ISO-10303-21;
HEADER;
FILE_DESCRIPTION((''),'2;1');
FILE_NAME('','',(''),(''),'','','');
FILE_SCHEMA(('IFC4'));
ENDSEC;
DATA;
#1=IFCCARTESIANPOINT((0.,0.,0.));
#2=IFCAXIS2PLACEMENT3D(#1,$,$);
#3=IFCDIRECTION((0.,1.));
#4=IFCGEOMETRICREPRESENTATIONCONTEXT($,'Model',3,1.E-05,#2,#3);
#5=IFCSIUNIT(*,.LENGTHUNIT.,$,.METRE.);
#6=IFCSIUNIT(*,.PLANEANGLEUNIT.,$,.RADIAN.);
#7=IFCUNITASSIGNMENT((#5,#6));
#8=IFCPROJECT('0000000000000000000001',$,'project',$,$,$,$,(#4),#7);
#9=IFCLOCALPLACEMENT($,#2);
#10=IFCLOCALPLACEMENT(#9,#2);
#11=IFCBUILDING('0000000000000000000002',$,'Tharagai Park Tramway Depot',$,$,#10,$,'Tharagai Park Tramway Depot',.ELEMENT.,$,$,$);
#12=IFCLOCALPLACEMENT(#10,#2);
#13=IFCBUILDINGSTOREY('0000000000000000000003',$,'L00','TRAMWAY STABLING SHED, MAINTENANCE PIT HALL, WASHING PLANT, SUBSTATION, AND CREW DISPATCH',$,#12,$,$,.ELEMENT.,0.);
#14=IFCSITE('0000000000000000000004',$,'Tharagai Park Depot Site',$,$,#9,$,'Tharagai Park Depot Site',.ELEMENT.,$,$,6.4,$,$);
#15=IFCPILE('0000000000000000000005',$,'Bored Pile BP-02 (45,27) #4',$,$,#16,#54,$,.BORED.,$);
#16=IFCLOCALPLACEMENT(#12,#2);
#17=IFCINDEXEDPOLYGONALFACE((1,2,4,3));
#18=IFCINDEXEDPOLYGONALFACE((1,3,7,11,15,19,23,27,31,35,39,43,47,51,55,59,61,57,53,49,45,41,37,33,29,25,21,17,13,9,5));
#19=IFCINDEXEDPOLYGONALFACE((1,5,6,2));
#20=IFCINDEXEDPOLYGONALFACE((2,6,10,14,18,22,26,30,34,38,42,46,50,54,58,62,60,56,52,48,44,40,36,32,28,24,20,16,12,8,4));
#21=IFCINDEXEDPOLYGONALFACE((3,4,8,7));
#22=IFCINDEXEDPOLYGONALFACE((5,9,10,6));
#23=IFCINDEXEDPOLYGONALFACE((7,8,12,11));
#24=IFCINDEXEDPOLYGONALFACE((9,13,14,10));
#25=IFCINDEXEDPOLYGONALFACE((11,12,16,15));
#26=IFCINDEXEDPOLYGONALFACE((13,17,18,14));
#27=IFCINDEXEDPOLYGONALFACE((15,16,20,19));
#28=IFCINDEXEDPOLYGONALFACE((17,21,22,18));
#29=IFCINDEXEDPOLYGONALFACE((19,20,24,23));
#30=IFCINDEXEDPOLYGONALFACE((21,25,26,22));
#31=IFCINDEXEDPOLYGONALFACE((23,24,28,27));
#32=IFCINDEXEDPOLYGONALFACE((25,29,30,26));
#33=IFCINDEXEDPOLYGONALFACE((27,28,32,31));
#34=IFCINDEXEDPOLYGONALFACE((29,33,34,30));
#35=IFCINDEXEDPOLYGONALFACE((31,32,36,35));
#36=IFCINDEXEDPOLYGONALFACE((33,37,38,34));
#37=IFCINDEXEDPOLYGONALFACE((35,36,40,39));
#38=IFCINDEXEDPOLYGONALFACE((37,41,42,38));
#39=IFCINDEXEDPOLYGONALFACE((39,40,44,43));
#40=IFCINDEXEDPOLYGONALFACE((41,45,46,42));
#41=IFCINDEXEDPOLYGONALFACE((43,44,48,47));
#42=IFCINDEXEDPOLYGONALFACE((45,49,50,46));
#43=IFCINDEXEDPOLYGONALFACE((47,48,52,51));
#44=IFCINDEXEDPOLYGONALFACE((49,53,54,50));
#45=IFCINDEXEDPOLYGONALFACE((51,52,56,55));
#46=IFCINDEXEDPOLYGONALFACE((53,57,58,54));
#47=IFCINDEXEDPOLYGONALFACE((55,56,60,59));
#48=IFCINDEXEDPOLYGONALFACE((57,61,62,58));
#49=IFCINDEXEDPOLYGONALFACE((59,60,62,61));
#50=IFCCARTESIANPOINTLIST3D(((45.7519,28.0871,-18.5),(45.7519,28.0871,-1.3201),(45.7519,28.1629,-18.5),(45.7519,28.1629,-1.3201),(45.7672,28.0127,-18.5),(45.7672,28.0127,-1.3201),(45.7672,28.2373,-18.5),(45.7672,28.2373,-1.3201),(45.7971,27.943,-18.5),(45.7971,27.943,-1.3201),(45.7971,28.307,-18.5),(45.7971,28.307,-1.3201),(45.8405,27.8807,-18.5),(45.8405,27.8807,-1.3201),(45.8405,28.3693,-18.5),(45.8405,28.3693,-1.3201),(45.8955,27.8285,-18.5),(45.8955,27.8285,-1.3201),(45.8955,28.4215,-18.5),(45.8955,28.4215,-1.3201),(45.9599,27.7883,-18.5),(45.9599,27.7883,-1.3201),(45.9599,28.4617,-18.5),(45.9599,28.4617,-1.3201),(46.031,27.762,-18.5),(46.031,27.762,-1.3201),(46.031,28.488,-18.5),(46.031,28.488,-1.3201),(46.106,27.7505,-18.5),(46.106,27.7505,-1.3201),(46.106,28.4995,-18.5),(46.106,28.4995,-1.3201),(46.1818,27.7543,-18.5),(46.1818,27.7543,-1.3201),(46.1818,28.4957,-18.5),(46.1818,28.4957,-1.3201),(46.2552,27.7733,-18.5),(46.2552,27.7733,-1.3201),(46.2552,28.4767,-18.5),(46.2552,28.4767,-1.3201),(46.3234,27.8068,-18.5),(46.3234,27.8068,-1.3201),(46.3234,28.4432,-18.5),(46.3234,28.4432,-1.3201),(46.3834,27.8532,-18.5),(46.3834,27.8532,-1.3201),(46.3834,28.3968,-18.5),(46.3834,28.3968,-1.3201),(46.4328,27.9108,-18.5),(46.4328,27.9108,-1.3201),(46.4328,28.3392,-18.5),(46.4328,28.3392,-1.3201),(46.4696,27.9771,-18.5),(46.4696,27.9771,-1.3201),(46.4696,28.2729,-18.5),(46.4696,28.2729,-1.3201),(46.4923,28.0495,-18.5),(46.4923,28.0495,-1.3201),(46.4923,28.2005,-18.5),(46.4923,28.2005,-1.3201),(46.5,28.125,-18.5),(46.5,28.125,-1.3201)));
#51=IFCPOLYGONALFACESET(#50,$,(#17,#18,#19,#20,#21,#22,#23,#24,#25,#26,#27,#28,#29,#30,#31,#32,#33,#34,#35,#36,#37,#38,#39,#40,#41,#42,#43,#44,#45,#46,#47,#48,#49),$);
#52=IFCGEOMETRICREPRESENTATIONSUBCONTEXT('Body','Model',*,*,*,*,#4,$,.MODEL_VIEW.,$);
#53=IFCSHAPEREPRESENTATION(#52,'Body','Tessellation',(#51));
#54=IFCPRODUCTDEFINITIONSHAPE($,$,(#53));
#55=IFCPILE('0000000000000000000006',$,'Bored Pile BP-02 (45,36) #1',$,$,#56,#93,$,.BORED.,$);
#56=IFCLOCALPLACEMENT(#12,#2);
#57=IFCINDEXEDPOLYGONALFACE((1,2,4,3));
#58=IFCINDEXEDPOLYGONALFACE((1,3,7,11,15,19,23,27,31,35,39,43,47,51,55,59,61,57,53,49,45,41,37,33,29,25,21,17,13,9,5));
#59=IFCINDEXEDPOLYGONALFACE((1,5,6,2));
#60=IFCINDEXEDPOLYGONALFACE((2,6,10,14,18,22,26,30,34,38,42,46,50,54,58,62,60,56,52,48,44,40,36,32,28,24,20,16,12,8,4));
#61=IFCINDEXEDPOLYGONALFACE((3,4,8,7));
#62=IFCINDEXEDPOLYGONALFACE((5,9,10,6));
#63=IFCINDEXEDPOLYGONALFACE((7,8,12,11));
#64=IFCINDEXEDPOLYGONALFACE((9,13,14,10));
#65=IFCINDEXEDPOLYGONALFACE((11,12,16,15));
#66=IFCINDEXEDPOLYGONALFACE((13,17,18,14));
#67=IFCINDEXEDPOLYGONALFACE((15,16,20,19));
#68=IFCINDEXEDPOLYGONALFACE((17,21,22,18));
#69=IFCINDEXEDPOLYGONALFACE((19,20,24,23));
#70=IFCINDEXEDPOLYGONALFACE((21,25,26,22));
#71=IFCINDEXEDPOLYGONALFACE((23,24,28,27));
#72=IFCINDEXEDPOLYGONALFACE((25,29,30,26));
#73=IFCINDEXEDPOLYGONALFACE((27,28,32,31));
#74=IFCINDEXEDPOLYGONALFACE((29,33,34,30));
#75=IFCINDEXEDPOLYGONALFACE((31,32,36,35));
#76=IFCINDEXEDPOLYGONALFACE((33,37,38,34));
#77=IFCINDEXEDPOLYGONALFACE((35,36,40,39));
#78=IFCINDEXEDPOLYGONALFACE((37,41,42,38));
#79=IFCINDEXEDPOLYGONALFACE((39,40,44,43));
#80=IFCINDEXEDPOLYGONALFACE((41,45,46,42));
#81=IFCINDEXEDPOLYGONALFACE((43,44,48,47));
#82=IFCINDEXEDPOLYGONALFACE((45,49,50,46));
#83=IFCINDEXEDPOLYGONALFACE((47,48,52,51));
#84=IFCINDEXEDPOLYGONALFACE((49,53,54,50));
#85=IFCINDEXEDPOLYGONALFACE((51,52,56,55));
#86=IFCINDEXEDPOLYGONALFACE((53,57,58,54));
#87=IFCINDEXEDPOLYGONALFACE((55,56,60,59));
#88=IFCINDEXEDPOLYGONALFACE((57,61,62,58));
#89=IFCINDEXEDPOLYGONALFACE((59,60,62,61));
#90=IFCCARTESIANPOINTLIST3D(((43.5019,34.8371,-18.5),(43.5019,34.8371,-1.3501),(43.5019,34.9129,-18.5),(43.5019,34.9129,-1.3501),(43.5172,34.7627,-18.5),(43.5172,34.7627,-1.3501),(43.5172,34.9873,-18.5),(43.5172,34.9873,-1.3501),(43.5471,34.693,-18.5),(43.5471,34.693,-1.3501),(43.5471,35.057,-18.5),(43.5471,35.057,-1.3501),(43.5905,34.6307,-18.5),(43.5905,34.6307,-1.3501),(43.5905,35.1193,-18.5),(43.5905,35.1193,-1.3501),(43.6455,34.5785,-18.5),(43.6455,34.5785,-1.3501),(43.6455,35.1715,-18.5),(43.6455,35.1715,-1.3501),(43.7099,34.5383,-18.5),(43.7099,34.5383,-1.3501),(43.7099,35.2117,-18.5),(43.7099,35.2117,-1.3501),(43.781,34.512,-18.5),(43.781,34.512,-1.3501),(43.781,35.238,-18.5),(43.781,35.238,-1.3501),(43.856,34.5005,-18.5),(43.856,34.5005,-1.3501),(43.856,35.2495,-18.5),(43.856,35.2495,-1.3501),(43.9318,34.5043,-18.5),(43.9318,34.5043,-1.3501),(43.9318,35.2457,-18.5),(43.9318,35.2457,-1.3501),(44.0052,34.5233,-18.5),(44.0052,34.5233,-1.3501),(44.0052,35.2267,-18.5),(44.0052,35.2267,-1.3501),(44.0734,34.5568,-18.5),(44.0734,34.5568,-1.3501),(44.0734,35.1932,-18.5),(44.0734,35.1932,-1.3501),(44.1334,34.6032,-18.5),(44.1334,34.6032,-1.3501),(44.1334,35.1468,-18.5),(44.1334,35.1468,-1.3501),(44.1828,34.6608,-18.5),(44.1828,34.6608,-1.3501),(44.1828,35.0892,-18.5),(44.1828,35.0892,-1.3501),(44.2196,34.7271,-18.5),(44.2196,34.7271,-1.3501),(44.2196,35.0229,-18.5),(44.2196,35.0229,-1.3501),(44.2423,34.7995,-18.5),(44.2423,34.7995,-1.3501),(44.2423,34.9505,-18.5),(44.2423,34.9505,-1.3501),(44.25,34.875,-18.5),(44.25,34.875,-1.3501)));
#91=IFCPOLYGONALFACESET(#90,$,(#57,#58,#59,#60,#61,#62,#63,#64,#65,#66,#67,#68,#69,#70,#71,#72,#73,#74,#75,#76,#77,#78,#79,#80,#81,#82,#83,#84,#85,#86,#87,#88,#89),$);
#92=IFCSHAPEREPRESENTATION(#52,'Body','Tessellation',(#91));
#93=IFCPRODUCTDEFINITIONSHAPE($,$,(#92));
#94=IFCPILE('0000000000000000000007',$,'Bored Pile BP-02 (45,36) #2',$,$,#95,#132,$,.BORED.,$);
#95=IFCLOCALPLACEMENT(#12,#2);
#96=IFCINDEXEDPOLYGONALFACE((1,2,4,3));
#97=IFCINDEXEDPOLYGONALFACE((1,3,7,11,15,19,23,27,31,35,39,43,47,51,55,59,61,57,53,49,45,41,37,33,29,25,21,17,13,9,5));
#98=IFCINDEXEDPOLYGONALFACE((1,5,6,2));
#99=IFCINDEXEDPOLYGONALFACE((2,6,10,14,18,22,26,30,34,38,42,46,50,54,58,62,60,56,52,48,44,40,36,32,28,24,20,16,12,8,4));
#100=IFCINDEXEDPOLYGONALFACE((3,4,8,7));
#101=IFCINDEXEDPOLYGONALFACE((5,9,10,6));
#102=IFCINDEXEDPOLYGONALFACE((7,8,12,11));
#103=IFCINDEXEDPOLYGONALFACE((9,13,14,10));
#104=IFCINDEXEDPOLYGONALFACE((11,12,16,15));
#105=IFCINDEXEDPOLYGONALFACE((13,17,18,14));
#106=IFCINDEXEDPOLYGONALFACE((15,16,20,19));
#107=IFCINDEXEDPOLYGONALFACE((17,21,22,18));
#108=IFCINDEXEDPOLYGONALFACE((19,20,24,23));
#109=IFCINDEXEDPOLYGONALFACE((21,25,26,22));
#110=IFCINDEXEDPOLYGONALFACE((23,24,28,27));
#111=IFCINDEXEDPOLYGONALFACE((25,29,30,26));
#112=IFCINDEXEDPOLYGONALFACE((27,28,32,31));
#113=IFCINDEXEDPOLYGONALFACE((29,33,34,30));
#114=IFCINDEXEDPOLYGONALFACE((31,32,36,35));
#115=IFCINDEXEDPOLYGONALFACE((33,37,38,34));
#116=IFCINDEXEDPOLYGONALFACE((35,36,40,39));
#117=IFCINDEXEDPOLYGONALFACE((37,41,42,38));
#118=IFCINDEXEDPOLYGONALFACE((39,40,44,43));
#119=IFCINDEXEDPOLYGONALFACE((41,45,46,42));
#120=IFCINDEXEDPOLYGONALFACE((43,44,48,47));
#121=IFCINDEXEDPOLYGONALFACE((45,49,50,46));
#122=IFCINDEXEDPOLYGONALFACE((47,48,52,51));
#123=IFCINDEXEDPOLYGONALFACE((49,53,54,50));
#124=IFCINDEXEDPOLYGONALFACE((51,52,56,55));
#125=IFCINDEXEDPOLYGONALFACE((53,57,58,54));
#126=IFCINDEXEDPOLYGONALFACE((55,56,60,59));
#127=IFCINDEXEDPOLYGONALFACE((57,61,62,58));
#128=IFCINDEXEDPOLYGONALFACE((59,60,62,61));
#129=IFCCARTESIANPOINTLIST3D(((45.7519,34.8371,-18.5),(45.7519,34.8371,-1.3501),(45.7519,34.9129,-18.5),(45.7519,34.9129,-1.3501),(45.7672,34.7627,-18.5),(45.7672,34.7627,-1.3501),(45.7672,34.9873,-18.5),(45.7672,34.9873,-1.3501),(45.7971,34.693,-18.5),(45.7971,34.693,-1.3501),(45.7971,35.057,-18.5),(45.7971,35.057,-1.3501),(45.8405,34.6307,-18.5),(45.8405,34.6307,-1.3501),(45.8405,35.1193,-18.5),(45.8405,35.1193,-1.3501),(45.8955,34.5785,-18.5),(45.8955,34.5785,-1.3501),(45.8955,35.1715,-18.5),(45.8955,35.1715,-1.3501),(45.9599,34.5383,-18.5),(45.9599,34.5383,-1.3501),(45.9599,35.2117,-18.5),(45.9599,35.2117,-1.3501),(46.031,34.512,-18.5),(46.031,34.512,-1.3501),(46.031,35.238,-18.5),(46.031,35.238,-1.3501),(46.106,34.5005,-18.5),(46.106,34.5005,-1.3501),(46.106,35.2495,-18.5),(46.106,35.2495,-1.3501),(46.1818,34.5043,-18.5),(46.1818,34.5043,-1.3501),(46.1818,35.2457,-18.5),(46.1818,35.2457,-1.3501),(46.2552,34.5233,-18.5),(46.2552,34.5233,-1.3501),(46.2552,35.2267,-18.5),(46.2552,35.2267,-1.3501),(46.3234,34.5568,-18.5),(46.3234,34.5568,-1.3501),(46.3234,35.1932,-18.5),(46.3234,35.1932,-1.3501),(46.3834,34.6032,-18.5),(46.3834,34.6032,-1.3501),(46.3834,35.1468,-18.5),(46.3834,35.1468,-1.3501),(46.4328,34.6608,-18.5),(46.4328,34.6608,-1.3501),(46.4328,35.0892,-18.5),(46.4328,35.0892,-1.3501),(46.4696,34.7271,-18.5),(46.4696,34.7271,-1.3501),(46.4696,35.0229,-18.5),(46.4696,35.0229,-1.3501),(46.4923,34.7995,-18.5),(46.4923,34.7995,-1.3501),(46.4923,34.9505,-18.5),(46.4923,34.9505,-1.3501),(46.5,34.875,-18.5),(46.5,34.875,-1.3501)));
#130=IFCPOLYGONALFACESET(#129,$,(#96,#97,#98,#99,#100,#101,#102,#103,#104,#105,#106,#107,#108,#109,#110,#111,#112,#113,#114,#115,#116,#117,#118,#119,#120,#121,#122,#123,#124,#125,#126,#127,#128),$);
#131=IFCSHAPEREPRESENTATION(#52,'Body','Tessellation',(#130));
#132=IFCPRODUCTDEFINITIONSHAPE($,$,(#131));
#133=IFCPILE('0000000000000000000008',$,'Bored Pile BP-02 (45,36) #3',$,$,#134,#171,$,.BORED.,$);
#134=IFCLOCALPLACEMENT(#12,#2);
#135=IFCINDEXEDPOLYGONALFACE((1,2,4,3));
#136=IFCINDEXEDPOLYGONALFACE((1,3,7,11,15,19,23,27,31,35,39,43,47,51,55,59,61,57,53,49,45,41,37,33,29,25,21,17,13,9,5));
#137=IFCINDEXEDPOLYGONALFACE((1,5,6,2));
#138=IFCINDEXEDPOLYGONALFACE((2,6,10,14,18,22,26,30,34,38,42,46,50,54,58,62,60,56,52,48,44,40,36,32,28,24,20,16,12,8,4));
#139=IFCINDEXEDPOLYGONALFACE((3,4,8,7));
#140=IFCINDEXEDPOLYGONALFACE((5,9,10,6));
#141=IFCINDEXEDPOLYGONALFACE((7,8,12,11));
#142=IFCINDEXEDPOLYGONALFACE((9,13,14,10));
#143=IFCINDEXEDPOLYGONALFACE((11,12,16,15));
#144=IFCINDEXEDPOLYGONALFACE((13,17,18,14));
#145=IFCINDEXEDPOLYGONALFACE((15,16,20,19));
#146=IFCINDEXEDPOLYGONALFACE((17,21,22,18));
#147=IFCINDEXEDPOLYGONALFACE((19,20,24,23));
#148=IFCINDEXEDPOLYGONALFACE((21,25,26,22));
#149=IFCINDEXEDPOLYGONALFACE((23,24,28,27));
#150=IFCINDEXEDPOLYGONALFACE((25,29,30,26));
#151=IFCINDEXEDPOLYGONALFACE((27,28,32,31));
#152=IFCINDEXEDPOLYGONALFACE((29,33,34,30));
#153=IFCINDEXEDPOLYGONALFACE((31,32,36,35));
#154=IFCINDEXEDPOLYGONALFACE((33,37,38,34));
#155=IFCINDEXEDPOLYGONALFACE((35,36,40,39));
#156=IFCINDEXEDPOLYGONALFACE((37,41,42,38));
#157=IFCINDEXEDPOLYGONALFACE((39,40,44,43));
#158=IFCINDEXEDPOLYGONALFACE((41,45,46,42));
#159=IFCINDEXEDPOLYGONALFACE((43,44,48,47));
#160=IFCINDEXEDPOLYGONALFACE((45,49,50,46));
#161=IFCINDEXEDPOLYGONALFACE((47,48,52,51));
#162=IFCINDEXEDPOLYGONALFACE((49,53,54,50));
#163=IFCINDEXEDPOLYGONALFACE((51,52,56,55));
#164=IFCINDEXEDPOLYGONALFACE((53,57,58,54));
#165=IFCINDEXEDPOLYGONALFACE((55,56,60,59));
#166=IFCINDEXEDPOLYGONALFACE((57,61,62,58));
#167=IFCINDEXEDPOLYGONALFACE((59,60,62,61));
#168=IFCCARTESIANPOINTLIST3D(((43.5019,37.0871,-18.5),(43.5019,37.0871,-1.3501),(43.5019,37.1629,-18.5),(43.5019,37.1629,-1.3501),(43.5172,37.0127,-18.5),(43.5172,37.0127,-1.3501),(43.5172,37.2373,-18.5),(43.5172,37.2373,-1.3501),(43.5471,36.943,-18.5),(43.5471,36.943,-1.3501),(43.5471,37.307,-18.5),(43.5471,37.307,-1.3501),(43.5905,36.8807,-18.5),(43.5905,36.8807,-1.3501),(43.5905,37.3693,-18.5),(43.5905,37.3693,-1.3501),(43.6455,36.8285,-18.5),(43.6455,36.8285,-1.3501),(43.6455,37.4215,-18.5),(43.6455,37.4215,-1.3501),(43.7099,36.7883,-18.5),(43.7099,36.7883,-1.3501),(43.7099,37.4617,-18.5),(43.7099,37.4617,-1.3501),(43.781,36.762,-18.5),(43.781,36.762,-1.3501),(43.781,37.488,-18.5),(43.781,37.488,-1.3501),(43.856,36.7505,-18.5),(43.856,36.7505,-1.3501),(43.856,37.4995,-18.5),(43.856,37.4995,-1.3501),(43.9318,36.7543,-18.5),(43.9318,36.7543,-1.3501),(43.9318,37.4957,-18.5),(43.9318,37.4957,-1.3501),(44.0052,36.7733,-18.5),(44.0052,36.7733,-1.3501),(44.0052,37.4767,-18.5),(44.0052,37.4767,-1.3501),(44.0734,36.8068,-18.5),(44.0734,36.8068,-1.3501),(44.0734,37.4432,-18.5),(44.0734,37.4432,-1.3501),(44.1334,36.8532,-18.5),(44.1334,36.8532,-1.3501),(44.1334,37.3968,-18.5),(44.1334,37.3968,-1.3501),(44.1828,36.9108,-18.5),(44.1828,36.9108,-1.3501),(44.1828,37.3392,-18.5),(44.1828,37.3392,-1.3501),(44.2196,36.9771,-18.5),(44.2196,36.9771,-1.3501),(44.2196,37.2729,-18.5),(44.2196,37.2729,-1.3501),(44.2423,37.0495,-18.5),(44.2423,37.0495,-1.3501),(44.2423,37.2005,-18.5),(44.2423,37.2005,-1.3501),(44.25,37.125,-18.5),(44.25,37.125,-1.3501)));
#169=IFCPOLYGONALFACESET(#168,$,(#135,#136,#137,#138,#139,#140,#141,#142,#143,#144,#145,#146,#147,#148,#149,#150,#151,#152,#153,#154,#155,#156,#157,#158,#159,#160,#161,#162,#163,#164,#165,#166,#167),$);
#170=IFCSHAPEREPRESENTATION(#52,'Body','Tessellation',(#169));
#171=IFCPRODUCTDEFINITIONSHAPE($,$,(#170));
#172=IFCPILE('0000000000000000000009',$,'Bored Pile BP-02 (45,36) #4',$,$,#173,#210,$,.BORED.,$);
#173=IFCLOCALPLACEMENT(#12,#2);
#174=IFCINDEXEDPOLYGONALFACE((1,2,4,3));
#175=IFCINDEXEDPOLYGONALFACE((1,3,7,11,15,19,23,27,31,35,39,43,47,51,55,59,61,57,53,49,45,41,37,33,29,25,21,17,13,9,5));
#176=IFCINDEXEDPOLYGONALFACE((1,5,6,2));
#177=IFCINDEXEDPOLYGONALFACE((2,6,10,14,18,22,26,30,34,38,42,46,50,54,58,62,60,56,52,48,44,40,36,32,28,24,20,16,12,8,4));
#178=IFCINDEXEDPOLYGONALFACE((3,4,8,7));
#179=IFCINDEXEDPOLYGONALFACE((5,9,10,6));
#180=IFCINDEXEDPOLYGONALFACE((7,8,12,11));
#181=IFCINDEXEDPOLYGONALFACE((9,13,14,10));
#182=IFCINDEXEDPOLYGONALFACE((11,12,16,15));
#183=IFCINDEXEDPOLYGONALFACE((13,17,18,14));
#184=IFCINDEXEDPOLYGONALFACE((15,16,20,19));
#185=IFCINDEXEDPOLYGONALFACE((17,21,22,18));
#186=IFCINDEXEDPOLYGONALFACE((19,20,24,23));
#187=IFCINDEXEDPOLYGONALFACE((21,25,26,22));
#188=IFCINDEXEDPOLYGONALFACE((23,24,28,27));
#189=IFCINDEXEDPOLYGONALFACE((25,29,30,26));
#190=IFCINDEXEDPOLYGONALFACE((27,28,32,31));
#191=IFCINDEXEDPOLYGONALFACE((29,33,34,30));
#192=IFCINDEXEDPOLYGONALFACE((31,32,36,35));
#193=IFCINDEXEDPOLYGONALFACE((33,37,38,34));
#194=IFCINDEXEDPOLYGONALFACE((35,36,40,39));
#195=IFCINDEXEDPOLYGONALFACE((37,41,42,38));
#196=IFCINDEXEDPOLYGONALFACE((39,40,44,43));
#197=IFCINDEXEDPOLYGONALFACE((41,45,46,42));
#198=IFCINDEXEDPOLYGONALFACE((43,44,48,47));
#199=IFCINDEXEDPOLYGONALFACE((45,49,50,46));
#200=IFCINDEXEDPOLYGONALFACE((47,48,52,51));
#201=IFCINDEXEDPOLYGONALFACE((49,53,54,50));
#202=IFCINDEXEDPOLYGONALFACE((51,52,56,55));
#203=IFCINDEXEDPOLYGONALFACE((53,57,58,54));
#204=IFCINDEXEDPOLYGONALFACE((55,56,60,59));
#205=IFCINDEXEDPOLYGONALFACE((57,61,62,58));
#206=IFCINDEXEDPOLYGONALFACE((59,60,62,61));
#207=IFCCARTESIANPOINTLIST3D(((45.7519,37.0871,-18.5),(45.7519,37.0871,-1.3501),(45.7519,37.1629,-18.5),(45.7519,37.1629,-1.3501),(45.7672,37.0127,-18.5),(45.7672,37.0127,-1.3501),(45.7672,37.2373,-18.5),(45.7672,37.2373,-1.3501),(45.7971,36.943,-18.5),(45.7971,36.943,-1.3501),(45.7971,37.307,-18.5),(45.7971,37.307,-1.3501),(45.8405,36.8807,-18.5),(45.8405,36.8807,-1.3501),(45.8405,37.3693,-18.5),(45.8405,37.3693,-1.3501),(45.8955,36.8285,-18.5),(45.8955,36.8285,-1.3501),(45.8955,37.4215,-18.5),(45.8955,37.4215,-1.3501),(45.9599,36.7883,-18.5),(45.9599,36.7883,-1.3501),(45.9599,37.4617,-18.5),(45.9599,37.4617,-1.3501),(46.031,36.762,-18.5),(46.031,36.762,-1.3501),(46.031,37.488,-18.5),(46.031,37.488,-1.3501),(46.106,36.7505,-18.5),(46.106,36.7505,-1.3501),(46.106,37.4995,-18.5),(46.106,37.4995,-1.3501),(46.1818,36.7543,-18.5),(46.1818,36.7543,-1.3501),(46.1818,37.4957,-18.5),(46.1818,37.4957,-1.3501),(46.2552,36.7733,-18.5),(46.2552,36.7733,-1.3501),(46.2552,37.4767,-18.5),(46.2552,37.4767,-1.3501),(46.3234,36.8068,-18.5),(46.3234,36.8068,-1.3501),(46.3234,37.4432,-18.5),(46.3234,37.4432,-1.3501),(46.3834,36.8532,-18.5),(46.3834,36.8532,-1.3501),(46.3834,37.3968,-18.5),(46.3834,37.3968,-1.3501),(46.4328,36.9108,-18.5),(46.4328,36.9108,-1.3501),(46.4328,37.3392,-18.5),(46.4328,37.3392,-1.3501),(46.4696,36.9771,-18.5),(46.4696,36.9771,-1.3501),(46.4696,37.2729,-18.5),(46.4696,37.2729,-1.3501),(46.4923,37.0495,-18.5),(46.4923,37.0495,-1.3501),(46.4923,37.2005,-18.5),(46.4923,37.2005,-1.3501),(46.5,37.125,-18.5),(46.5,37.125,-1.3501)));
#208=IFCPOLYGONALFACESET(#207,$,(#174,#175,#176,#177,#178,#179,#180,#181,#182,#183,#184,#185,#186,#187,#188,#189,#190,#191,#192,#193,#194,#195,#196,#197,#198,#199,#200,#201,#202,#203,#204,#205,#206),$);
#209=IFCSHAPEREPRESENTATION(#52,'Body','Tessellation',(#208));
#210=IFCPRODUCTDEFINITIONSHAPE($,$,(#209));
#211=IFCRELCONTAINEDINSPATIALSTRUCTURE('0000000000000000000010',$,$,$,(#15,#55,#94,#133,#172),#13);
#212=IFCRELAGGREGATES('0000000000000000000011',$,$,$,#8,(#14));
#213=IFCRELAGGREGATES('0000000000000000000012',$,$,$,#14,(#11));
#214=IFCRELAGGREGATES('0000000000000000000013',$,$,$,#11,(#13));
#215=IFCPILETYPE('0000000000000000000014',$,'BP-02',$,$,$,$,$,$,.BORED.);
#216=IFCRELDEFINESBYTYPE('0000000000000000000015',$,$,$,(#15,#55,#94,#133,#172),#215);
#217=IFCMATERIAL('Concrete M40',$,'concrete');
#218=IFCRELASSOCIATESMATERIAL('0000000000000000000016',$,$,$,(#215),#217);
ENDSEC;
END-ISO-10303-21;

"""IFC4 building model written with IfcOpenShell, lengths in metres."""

from ifc_helpers import new_model, si_unit, direction, frame, origin, origin_2d, place, context, subcontext, project, spatial, circle, extrude, material, material_profile, profile_set, type_object, element, save


model = new_model("IFC4")

# Units and contexts
model_context = context("Model", 3, precision=1e-05, world=origin(), true_north=direction((0.0, 1.0)))
body_context = subcontext(model_context, "Body", "Model", "MODEL_VIEW")
ifc_project = project(units=[si_unit("LENGTHUNIT", "METRE"), si_unit("PLANEANGLEUNIT", "RADIAN")], contexts=[model_context])

# Site, building, storey
site_placement = place(None, origin())
site = spatial("IfcSite", under=ifc_project, at=site_placement, Name="Tharagai Park Depot Site", LongName="Tharagai Park Depot Site", CompositionType="ELEMENT", RefElevation=6.4)
building_placement = place(site_placement, origin())
building = spatial("IfcBuilding", under=site, at=building_placement, Name="Tharagai Park Tramway Depot", LongName="Tharagai Park Tramway Depot", CompositionType="ELEMENT")
storey_placement = place(building_placement, origin())
storey = spatial("IfcBuildingStorey", under=building, at=storey_placement, Name="L00", Description="TRAMWAY STABLING SHED, MAINTENANCE PIT HALL, WASHING PLANT, SUBSTATION, AND CREW DISPATCH", CompositionType="ELEMENT", Elevation=0.0)

# Piles
ifc_material = material(Name="Concrete M40", Category="concrete")
ifc_material_profile_1 = material_profile(ifc_material, circle(Radius=0.375, at=origin_2d()), Name="PILE D750")
ifc_profile_set_1 = profile_set([ifc_material_profile_1], Name="Concrete M40")
pile_type_1 = type_object("IfcPileType", Name="BP-02", PredefinedType="BORED", material=ifc_profile_set_1)
for number, where, z_axis, x_axis, name in (
    (1, (46.125, 28.125, -1.3201), (0.0, 0.0, -1.0), (1.0, 0.0, 0.0), "Bored Pile BP-02 (45,27) #4"),
):
    element("IfcPile", number, at=place(storey_placement, frame(where, z_axis=z_axis, x_axis=x_axis)), inside=storey, type_object=pile_type_1, Name=name, PredefinedType="BORED", context=body_context, shape_type="SweptSolid", body=[
        extrude(circle(Radius=0.375, at=origin_2d()), origin(), (0.0, 0.0, 1.0), 17.1799),
    ])
for number, where, z_axis, x_axis, name in (
    (2, (43.875, 34.875, -1.3501), (0.0, 0.0, -1.0), (1.0, 0.0, 0.0), "Bored Pile BP-02 (45,36) #1"),
    (3, (46.125, 34.875, -1.3501), (0.0, 0.0, -1.0), (1.0, 0.0, 0.0), "Bored Pile BP-02 (45,36) #2"),
    (4, (43.875, 37.125, -1.3501), (0.0, 0.0, -1.0), (1.0, 0.0, 0.0), "Bored Pile BP-02 (45,36) #3"),
    (5, (46.125, 37.125, -1.3501), (0.0, 0.0, -1.0), (1.0, 0.0, 0.0), "Bored Pile BP-02 (45,36) #4"),
):
    element("IfcPile", number, at=place(storey_placement, frame(where, z_axis=z_axis, x_axis=x_axis)), inside=storey, type_object=pile_type_1, Name=name, PredefinedType="BORED", context=body_context, shape_type="SweptSolid", body=[
        extrude(circle(Radius=0.375, at=origin_2d()), origin(), (0.0, 0.0, 1.0), 17.1499),
    ])

save(model, "model.ifc")
